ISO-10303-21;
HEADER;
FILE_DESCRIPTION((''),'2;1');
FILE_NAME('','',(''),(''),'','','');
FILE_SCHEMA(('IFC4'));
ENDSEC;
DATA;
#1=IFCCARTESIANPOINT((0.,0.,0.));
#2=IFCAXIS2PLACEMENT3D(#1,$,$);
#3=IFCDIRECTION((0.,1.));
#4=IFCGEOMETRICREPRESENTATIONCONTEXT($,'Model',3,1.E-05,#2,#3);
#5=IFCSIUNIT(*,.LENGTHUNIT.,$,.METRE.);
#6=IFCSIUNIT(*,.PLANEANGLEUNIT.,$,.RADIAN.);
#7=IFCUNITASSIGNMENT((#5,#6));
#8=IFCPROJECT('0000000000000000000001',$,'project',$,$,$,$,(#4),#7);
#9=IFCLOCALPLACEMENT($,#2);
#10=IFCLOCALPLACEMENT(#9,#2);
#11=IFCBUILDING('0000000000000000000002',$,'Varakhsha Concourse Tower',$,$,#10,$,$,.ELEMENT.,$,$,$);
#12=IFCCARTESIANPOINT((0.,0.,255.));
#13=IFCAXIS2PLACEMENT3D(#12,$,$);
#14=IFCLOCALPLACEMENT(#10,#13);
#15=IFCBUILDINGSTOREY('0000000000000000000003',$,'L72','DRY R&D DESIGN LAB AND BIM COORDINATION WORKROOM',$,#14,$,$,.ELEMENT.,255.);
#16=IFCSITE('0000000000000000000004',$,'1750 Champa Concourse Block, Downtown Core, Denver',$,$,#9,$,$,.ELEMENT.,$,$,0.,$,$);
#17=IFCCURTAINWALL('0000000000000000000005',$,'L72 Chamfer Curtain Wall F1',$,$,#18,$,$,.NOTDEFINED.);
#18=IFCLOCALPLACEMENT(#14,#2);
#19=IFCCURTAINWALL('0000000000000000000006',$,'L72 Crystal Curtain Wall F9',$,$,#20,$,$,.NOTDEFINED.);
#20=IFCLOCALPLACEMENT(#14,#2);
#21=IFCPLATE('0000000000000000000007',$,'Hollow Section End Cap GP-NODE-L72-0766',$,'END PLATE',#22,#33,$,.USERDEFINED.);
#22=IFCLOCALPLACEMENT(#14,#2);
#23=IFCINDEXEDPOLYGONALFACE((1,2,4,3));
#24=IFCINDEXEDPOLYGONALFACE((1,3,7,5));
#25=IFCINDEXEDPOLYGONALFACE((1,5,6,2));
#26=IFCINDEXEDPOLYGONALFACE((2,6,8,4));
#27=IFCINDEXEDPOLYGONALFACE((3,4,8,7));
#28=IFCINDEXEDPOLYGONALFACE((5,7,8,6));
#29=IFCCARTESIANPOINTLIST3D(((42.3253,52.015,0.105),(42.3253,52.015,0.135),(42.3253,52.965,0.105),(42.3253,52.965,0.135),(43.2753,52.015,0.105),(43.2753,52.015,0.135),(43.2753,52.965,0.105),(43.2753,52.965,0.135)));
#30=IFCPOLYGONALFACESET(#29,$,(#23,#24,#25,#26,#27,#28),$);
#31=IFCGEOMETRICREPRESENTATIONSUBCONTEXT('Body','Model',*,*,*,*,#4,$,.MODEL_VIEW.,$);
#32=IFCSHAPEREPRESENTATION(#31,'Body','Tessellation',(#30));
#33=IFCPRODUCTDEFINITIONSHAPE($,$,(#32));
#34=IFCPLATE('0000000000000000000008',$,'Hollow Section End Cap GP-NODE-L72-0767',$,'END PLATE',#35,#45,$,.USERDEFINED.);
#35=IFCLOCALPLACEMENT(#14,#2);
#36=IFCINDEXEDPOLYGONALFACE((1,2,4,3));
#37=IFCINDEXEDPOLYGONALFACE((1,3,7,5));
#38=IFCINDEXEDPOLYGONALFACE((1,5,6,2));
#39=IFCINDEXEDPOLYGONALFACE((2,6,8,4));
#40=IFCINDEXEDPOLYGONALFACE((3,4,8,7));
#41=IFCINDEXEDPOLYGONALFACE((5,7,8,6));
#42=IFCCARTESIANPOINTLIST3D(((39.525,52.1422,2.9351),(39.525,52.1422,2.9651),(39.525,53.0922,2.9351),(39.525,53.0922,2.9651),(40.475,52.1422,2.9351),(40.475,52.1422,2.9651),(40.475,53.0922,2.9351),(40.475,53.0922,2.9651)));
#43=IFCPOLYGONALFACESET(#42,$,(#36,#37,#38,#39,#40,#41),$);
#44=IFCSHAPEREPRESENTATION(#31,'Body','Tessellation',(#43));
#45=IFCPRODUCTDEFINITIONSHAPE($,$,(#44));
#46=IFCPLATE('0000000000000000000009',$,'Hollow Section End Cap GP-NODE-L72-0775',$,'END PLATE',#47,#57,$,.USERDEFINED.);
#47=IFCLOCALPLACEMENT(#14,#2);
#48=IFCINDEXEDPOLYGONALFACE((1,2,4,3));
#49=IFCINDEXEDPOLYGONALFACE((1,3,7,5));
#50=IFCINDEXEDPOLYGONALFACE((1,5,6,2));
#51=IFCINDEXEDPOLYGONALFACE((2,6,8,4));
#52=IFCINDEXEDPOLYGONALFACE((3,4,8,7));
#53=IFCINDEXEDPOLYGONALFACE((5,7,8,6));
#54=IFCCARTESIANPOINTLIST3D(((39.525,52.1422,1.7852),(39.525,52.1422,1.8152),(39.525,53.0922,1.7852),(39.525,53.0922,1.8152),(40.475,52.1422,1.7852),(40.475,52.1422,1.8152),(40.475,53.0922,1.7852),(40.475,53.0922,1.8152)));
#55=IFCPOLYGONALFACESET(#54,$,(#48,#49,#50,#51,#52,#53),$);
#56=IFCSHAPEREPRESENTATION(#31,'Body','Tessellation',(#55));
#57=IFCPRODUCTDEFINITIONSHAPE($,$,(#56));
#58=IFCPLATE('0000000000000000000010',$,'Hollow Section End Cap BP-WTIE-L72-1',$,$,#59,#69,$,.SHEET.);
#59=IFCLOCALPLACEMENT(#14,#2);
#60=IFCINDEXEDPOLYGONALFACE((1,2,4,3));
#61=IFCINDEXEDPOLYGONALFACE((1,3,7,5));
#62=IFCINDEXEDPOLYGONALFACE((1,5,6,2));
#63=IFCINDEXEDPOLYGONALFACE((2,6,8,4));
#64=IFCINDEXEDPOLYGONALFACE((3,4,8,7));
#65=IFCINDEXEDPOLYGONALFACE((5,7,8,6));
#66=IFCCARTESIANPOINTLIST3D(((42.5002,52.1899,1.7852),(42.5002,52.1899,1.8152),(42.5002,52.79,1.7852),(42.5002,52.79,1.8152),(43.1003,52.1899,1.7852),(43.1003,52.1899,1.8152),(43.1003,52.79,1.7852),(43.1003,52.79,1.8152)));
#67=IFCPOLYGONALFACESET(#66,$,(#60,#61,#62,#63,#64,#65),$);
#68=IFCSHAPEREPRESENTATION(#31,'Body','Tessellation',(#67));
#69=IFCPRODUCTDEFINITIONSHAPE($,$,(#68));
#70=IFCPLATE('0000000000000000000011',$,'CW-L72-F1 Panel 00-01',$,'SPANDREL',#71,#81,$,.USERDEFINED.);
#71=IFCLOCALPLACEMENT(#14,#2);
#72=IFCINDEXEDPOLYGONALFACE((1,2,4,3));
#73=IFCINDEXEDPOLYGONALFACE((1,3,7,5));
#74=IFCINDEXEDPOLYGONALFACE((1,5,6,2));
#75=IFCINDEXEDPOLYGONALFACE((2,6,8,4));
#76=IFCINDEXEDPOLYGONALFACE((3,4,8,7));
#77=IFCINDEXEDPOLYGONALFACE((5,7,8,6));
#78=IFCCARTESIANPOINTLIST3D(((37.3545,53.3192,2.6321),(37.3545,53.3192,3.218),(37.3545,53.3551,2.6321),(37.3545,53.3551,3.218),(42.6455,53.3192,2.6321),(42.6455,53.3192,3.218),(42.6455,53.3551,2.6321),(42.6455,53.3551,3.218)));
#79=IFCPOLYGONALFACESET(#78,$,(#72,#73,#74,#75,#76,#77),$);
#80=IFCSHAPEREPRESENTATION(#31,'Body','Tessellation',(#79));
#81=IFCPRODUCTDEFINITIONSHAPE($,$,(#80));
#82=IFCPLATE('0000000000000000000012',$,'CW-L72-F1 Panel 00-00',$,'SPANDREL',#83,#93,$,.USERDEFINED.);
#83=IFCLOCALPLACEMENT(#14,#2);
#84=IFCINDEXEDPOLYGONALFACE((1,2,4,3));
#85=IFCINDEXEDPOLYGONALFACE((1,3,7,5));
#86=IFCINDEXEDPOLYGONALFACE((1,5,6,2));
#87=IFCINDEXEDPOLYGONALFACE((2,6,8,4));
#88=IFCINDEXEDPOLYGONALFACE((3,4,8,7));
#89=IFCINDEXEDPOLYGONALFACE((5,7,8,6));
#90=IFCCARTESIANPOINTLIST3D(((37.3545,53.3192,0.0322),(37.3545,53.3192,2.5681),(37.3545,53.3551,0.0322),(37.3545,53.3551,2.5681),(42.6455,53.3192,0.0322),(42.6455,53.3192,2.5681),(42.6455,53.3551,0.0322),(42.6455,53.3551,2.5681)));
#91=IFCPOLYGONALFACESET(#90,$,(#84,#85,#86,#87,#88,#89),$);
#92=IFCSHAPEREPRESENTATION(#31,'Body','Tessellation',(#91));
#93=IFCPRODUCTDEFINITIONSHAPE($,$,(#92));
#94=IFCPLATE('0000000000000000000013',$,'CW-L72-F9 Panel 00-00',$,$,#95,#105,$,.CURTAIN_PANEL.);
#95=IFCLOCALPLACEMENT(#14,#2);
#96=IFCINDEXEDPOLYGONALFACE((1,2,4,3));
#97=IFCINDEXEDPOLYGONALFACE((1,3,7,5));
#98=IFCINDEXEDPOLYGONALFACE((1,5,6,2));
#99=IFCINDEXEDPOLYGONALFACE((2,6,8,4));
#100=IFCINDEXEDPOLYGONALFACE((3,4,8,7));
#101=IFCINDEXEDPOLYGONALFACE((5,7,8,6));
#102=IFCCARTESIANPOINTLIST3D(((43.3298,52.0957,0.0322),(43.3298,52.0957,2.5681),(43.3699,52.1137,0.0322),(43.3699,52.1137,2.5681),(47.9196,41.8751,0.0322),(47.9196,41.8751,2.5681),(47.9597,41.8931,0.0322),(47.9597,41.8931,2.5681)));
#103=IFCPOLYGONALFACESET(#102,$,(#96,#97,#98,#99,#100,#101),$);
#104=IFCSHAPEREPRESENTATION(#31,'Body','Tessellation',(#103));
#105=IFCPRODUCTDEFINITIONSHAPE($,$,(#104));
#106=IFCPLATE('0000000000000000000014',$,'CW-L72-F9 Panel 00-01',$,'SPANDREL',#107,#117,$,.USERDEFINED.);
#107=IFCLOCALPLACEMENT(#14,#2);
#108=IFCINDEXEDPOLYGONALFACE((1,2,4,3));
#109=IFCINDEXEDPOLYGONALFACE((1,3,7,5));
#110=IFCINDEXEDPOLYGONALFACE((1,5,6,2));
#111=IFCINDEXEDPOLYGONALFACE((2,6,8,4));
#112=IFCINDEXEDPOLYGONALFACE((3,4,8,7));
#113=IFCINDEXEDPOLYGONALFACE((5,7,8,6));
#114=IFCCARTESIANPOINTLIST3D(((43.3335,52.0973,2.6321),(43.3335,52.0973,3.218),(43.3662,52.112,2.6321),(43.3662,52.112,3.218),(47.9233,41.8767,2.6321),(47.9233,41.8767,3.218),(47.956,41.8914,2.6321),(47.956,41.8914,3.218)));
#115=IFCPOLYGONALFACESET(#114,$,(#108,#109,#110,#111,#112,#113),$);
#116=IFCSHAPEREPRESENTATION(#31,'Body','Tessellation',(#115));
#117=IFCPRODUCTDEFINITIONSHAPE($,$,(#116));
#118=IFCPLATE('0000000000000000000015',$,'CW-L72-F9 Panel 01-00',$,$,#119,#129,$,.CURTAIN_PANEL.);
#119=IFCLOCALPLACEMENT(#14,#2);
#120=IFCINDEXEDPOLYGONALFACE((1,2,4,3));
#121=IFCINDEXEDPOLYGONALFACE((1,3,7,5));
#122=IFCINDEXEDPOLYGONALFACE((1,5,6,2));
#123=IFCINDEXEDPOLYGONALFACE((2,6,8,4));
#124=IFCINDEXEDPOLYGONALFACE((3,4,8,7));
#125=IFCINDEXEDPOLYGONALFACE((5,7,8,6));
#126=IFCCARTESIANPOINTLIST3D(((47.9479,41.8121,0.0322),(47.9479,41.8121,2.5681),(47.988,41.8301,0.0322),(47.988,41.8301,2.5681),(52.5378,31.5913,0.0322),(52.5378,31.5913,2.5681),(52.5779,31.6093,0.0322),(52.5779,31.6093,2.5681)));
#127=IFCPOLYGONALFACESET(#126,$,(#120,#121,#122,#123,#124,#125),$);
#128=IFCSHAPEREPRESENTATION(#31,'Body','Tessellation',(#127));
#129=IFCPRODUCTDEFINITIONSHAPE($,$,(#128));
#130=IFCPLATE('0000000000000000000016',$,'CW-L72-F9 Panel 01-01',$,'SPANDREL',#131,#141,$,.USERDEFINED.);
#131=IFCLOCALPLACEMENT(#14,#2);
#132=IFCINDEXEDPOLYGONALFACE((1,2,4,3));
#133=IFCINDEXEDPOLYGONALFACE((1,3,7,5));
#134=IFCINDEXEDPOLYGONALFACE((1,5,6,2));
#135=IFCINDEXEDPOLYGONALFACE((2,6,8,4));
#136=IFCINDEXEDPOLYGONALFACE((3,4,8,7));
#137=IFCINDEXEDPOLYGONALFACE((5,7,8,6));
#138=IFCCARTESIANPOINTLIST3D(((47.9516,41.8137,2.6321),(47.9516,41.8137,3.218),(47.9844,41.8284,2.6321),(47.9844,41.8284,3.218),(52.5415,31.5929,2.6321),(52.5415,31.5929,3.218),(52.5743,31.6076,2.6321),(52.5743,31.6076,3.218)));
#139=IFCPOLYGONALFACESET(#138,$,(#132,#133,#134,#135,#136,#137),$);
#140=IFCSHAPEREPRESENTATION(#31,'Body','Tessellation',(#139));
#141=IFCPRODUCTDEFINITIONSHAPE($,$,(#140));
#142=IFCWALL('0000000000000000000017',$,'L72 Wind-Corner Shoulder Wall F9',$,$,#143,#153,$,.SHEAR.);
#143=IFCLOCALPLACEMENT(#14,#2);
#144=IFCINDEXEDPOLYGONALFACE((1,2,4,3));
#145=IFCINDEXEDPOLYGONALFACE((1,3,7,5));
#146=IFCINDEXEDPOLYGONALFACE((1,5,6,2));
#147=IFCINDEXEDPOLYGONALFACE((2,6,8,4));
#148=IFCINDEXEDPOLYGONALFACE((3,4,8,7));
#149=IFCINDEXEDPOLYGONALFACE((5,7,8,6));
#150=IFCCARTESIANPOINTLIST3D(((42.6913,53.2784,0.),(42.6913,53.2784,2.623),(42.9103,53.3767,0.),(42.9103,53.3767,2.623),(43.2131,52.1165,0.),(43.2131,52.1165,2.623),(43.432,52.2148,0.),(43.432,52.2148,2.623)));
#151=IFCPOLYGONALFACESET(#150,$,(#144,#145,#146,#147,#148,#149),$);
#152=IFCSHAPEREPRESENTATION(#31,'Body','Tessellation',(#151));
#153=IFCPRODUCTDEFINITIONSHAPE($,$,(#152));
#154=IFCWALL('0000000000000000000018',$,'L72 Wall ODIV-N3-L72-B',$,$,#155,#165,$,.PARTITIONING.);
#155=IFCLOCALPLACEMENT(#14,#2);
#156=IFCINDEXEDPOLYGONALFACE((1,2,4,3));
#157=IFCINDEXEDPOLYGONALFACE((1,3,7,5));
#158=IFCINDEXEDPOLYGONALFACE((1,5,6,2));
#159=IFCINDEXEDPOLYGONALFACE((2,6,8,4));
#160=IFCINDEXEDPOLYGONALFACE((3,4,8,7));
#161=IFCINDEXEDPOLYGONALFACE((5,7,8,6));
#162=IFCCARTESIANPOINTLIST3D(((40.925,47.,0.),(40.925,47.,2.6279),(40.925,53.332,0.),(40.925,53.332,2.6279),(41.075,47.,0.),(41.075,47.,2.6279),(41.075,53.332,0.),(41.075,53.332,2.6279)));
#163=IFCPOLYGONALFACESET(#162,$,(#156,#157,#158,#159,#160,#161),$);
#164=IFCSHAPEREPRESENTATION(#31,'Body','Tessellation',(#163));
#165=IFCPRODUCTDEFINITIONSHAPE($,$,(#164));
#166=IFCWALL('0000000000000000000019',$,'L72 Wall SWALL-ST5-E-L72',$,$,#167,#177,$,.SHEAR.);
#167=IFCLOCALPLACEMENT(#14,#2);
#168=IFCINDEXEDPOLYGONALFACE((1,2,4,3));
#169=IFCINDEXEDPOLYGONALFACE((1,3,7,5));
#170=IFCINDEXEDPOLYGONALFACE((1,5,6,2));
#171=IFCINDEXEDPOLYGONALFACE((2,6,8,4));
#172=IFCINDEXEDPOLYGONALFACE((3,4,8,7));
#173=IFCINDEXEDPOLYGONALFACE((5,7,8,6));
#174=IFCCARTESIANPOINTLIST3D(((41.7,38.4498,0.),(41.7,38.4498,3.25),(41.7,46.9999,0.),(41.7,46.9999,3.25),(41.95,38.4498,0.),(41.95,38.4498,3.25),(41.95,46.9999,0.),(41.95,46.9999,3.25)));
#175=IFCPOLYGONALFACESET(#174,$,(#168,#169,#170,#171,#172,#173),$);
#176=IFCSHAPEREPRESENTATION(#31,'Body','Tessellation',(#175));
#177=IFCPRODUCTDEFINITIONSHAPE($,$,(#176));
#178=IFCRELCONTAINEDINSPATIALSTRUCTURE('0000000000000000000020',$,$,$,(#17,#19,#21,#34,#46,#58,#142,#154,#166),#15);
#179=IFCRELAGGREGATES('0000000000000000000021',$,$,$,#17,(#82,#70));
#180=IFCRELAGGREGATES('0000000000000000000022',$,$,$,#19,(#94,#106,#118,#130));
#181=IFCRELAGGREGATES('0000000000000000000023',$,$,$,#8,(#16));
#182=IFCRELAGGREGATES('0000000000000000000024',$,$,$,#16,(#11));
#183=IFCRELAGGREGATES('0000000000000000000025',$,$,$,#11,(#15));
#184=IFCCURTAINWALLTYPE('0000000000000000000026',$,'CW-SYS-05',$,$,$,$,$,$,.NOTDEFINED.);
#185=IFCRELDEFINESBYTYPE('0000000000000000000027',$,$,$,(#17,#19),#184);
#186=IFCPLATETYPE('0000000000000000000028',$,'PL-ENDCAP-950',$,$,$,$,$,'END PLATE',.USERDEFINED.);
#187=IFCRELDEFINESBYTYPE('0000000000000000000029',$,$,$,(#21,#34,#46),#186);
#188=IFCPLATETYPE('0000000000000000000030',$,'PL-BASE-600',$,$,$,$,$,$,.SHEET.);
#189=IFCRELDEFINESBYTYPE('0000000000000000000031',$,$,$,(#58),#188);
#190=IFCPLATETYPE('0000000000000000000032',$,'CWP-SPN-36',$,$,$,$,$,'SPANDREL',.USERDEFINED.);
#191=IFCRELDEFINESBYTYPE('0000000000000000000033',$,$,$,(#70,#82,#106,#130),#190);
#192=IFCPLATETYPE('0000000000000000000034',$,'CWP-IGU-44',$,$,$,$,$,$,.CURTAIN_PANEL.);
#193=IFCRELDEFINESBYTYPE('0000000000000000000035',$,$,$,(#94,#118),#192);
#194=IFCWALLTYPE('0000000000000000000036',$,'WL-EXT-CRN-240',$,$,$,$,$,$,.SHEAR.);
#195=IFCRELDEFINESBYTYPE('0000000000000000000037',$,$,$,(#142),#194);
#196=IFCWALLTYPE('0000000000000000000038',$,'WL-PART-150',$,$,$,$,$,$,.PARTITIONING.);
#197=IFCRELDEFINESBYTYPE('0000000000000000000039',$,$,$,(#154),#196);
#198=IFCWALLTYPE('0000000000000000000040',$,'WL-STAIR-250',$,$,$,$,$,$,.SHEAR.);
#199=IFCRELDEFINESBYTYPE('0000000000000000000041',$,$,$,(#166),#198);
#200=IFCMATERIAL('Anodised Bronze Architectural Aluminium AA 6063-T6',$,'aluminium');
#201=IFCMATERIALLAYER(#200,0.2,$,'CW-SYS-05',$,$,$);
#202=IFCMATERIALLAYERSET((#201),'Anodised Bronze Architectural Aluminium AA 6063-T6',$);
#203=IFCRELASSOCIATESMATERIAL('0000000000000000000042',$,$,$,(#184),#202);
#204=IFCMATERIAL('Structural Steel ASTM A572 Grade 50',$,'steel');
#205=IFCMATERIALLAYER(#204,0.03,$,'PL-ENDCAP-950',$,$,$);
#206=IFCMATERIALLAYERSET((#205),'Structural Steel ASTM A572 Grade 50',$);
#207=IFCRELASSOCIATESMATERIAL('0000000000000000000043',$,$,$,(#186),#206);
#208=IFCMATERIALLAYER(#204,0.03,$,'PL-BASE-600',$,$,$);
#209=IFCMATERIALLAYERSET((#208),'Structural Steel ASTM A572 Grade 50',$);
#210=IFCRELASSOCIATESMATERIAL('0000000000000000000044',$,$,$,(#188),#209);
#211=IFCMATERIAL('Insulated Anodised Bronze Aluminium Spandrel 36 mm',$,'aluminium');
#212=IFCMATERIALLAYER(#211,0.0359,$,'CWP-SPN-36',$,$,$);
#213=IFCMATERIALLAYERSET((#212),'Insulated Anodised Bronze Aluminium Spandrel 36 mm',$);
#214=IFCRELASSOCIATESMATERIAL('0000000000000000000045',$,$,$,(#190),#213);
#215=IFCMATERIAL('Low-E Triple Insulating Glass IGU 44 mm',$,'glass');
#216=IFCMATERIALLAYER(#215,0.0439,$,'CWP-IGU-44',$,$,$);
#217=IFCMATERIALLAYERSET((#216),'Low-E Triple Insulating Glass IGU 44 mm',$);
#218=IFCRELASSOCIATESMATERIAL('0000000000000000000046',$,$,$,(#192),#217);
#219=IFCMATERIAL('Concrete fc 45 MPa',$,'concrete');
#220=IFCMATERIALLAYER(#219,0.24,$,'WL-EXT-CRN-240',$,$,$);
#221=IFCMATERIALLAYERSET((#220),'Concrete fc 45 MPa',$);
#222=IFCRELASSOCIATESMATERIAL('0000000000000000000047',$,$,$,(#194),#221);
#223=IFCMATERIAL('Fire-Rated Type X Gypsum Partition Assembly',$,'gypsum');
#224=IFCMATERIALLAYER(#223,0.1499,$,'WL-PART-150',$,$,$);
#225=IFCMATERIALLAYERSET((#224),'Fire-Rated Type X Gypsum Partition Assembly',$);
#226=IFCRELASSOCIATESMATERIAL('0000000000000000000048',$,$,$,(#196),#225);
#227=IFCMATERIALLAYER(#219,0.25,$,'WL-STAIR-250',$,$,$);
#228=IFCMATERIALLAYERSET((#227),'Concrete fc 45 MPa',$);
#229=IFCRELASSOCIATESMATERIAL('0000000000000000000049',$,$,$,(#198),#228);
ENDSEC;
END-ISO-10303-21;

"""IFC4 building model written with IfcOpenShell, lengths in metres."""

from ifc_helpers import new_model, si_unit, direction, frame, frame_2d, origin, origin_2d, place, context, subcontext, project, spatial, rectangle, extrude, source, transform, mapped, material, layer, layer_set, type_object, type_shapes, element, aggregate, save


model = new_model("IFC4")

# Units and contexts
model_context = context("Model", 3, precision=1e-05, world=origin(), true_north=direction((0.0, 1.0)))
body_context = subcontext(model_context, "Body", "Model", "MODEL_VIEW")
ifc_project = project(units=[si_unit("LENGTHUNIT", "METRE"), si_unit("PLANEANGLEUNIT", "RADIAN")], contexts=[model_context])

# Site, building, storey
site_placement = place(None, origin())
site = spatial("IfcSite", under=ifc_project, at=site_placement, Name="1750 Champa Concourse Block, Downtown Core, Denver", CompositionType="ELEMENT", RefElevation=0.0)
building_placement = place(site_placement, origin())
building = spatial("IfcBuilding", under=site, at=building_placement, Name="Varakhsha Concourse Tower", CompositionType="ELEMENT")
storey_placement = place(building_placement, frame((0.0, 0.0, 255.0)))
storey = spatial("IfcBuildingStorey", under=building, at=storey_placement, Name="L72", Description="DRY R&D DESIGN LAB AND BIM COORDINATION WORKROOM", CompositionType="ELEMENT", Elevation=255.0)

# Shared definitions
ifc_material_1 = material(Name="Structural Steel ASTM A572 Grade 50", Category="steel")

# Curtain wall
ifc_material_2 = material(Name="Anodised Bronze Architectural Aluminium AA 6063-T6", Category="aluminium")
ifc_layer_1 = layer(ifc_material_2, 0.2, Name="CW-SYS-05")
ifc_layer_set_1 = layer_set([ifc_layer_1], Name="Anodised Bronze Architectural Aluminium AA 6063-T6")
curtain_wall_type = type_object("IfcCurtainWallType", Name="CW-SYS-05", PredefinedType="NOTDEFINED", material=ifc_layer_set_1)
curtain_wall_1_placement = place(storey_placement, origin())
curtain_wall_1 = element("IfcCurtainWall", 1, at=curtain_wall_1_placement, inside=storey, type_object=curtain_wall_type, Name="L72 Chamfer Curtain Wall F1", PredefinedType="NOTDEFINED")

# Curtain wall
curtain_wall_2_placement = place(storey_placement, origin())
curtain_wall_2 = element("IfcCurtainWall", 2, at=curtain_wall_2_placement, inside=storey, type_object=curtain_wall_type, Name="L72 Crystal Curtain Wall F9", PredefinedType="NOTDEFINED")

# Plates
ifc_layer_2 = layer(ifc_material_1, 0.03, Name="PL-ENDCAP-950")
ifc_layer_set_2 = layer_set([ifc_layer_2], Name="Structural Steel ASTM A572 Grade 50")
plate_type_1 = type_object("IfcPlateType", Name="PL-ENDCAP-950", ElementType="END PLATE", PredefinedType="USERDEFINED", material=ifc_layer_set_2)
shared_shape_1 = source(origin(), body_context, "Body", "SweptSolid", [
    extrude(rectangle(XDim=0.95, YDim=0.95, at=origin_2d()), origin(), (0.0, 0.0, 1.0), 0.03),
])
type_shapes(plate_type_1, [shared_shape_1])
for number, where, z_axis, x_axis, name in (
    (3, (42.8003, 52.49, 0.105), (0.0, 0.0, 1.0), (1.0, 0.0, 0.0), "Hollow Section End Cap GP-NODE-L72-0766"),
    (4, (40.0, 52.6172, 2.9351), (0.0, 0.0, 1.0), (1.0, 0.0, 0.0), "Hollow Section End Cap GP-NODE-L72-0767"),
    (5, (40.0, 52.6172, 1.7852), (0.0, 0.0, 1.0), (1.0, 0.0, 0.0), "Hollow Section End Cap GP-NODE-L72-0775"),
):
    element("IfcPlate", number, at=place(storey_placement, frame(where, z_axis=z_axis, x_axis=x_axis)), inside=storey, type_object=plate_type_1, Name=name, ObjectType="END PLATE", PredefinedType="USERDEFINED", context=body_context, shape_type="MappedRepresentation", body=[
        mapped(shared_shape_1, transform((0.0, 0.0, 0.0), scale=1.0)),
    ])
ifc_layer_3 = layer(ifc_material_1, 0.03, Name="PL-BASE-600")
ifc_layer_set_3 = layer_set([ifc_layer_3], Name="Structural Steel ASTM A572 Grade 50")
plate_type_2 = type_object("IfcPlateType", Name="PL-BASE-600", PredefinedType="SHEET", material=ifc_layer_set_3)
shared_shape_2 = source(origin(), body_context, "Body", "SweptSolid", [
    extrude(rectangle(XDim=0.6001, YDim=0.6001, at=origin_2d()), origin(), (0.0, 0.0, 1.0), 0.03),
])
type_shapes(plate_type_2, [shared_shape_2])
plate_1_placement = place(storey_placement, frame((42.8003, 52.49, 1.7852), z_axis=(0.0, 0.0, 1.0), x_axis=(1.0, 0.0, 0.0)))
element("IfcPlate", 6, at=plate_1_placement, inside=storey, type_object=plate_type_2, Name="Hollow Section End Cap BP-WTIE-L72-1", PredefinedType="SHEET", context=body_context, shape_type="MappedRepresentation", body=[
    mapped(shared_shape_2, transform((0.0, 0.0, 0.0), scale=1.0)),
])

# Plates
ifc_material_3 = material(Name="Insulated Anodised Bronze Aluminium Spandrel 36 mm", Category="aluminium")
ifc_layer_4 = layer(ifc_material_3, 0.0359, Name="CWP-SPN-36")
ifc_layer_set_4 = layer_set([ifc_layer_4], Name="Insulated Anodised Bronze Aluminium Spandrel 36 mm")
plate_type_3 = type_object("IfcPlateType", Name="CWP-SPN-36", ElementType="SPANDREL", PredefinedType="USERDEFINED", material=ifc_layer_set_4)
shared_shape_3 = source(origin(), body_context, "Body", "SweptSolid", [
    extrude(rectangle(XDim=5.291, YDim=0.0359, at=origin_2d()), origin(), (0.0, 0.0, 1.0), 0.5859),
])
plate_2_placement = place(storey_placement, frame((40.0, 53.3372, 2.6321), z_axis=(0.0, 0.0, 1.0), x_axis=(1.0, 0.0, 0.0)))
plate_2 = element("IfcPlate", 7, at=plate_2_placement, type_object=plate_type_3, Name="CW-L72-F1 Panel 00-01", ObjectType="SPANDREL", PredefinedType="USERDEFINED", context=body_context, shape_type="MappedRepresentation", body=[
    mapped(shared_shape_3, transform((0.0, 0.0, 0.0), scale=1.0)),
])
shared_shape_4 = source(origin(), body_context, "Body", "SweptSolid", [
    extrude(rectangle(XDim=5.291, YDim=0.0359, at=origin_2d()), origin(), (0.0, 0.0, 1.0), 2.5359),
])
plate_3_placement = place(storey_placement, frame((40.0, 53.3372, 0.0322), z_axis=(0.0, 0.0, 1.0), x_axis=(1.0, 0.0, 0.0)))
plate_3 = element("IfcPlate", 8, at=plate_3_placement, type_object=plate_type_3, Name="CW-L72-F1 Panel 00-00", ObjectType="SPANDREL", PredefinedType="USERDEFINED", context=body_context, shape_type="MappedRepresentation", body=[
    mapped(shared_shape_4, transform((0.0, 0.0, 0.0), scale=1.0)),
])
aggregate(curtain_wall_1, [plate_3, plate_2])
ifc_material_4 = material(Name="Low-E Triple Insulating Glass IGU 44 mm", Category="glass")
ifc_layer_5 = layer(ifc_material_4, 0.0439, Name="CWP-IGU-44")
ifc_layer_set_5 = layer_set([ifc_layer_5], Name="Low-E Triple Insulating Glass IGU 44 mm")
plate_type_4 = type_object("IfcPlateType", Name="CWP-IGU-44", PredefinedType="CURTAIN_PANEL", material=ifc_layer_set_5)
shared_shape_5 = source(origin(), body_context, "Body", "SweptSolid", [
    extrude(rectangle(XDim=11.2039, YDim=0.0439, at=origin_2d()), origin(), (0.0, 0.0, 1.0), 2.5359),
])
plate_4_placement = place(storey_placement, frame((45.6448, 46.9944, 0.0322), z_axis=(0.0, 0.0, 1.0), x_axis=(0.409662, -0.912237, 0.0)))
plate_4 = element("IfcPlate", 9, at=plate_4_placement, type_object=plate_type_4, Name="CW-L72-F9 Panel 00-00", PredefinedType="CURTAIN_PANEL", context=body_context, shape_type="MappedRepresentation", body=[
    mapped(shared_shape_5, transform((0.0, 0.0, 0.0), scale=1.0)),
])
shared_shape_6 = source(origin(), body_context, "Body", "SweptSolid", [
    extrude(rectangle(XDim=11.2039, YDim=0.0359, at=origin_2d()), origin(), (0.0, 0.0, 1.0), 0.5859),
])
plate_5_placement = place(storey_placement, frame((45.6448, 46.9944, 2.6321), z_axis=(0.0, 0.0, 1.0), x_axis=(0.409662, -0.912237, 0.0)))
plate_5 = element("IfcPlate", 10, at=plate_5_placement, type_object=plate_type_3, Name="CW-L72-F9 Panel 00-01", ObjectType="SPANDREL", PredefinedType="USERDEFINED", context=body_context, shape_type="MappedRepresentation", body=[
    mapped(shared_shape_6, transform((0.0, 0.0, 0.0), scale=1.0)),
])
shared_shape_7 = source(origin(), body_context, "Body", "SweptSolid", [
    extrude(rectangle(XDim=11.2041, YDim=0.0439, at=origin_2d()), origin(), (0.0, 0.0, 1.0), 2.5359),
])
type_shapes(plate_type_4, [shared_shape_5, shared_shape_7])
plate_6_placement = place(storey_placement, frame((50.2629, 36.7107, 0.0322), z_axis=(0.0, 0.0, 1.0), x_axis=(0.409662, -0.912237, 0.0)))
plate_6 = element("IfcPlate", 11, at=plate_6_placement, type_object=plate_type_4, Name="CW-L72-F9 Panel 01-00", PredefinedType="CURTAIN_PANEL", context=body_context, shape_type="MappedRepresentation", body=[
    mapped(shared_shape_7, transform((0.0, 0.0, 0.0), scale=1.0)),
])
shared_shape_8 = source(origin(), body_context, "Body", "SweptSolid", [
    extrude(rectangle(XDim=11.2041, YDim=0.0359, at=origin_2d()), origin(), (0.0, 0.0, 1.0), 0.5859),
])
type_shapes(plate_type_3, [shared_shape_3, shared_shape_4, shared_shape_6, shared_shape_8])
plate_7_placement = place(storey_placement, frame((50.2629, 36.7107, 2.6321), z_axis=(0.0, 0.0, 1.0), x_axis=(0.409662, -0.912237, 0.0)))
plate_7 = element("IfcPlate", 12, at=plate_7_placement, type_object=plate_type_3, Name="CW-L72-F9 Panel 01-01", ObjectType="SPANDREL", PredefinedType="USERDEFINED", context=body_context, shape_type="MappedRepresentation", body=[
    mapped(shared_shape_8, transform((0.0, 0.0, 0.0), scale=1.0)),
])
aggregate(curtain_wall_2, [plate_4, plate_5, plate_6, plate_7])

# Walls
ifc_material_5 = material(Name="Concrete fc 45 MPa", Category="concrete")
ifc_layer_6 = layer(ifc_material_5, 0.24, Name="WL-EXT-CRN-240")
ifc_layer_set_6 = layer_set([ifc_layer_6], Name="Concrete fc 45 MPa")
wall_type_1 = type_object("IfcWallType", Name="WL-EXT-CRN-240", PredefinedType="SHEAR", material=ifc_layer_set_6)
wall_1_placement = place(storey_placement, frame((43.3225, 52.1658, 0.0), z_axis=(0.0, 0.0, 1.0), x_axis=(-0.409639, 0.912248, 0.0)))
element("IfcWall", 13, at=wall_1_placement, inside=storey, type_object=wall_type_1, Name="L72 Wind-Corner Shoulder Wall F9", PredefinedType="SHEAR", context=body_context, shape_type="SweptSolid", body=[
    extrude(rectangle(XDim=1.2737, YDim=0.24, at=frame_2d((0.6367, 0.0))), origin(), (0.0, 0.0, 1.0), 2.623),
])
ifc_material_6 = material(Name="Fire-Rated Type X Gypsum Partition Assembly", Category="gypsum")
ifc_layer_7 = layer(ifc_material_6, 0.1499, Name="WL-PART-150")
ifc_layer_set_7 = layer_set([ifc_layer_7], Name="Fire-Rated Type X Gypsum Partition Assembly")
wall_type_2 = type_object("IfcWallType", Name="WL-PART-150", PredefinedType="PARTITIONING", material=ifc_layer_set_7)
wall_2_placement = place(storey_placement, frame((41.0, 47.0, 0.0), z_axis=(0.0, 0.0, 1.0), x_axis=(0.0, 1.0, 0.0)))
element("IfcWall", 14, at=wall_2_placement, inside=storey, type_object=wall_type_2, Name="L72 Wall ODIV-N3-L72-B", PredefinedType="PARTITIONING", context=body_context, shape_type="SweptSolid", body=[
    extrude(rectangle(XDim=6.332, YDim=0.1499, at=frame_2d((3.166, 0.0))), origin(), (0.0, 0.0, 1.0), 2.6279),
])
ifc_layer_8 = layer(ifc_material_5, 0.25, Name="WL-STAIR-250")
ifc_layer_set_8 = layer_set([ifc_layer_8], Name="Concrete fc 45 MPa")
wall_type_3 = type_object("IfcWallType", Name="WL-STAIR-250", PredefinedType="SHEAR", material=ifc_layer_set_8)
wall_3_placement = place(storey_placement, frame((41.825, 38.45, 0.0), z_axis=(0.0, 0.0, 1.0), x_axis=(0.0, 1.0, 0.0)))
element("IfcWall", 15, at=wall_3_placement, inside=storey, type_object=wall_type_3, Name="L72 Wall SWALL-ST5-E-L72", PredefinedType="SHEAR", context=body_context, shape_type="SweptSolid", body=[
    extrude(rectangle(XDim=8.55, YDim=0.25, at=frame_2d((4.2749, 0.0))), origin(), (0.0, 0.0, 1.0), 3.25),
])

save(model, "model.ifc")
